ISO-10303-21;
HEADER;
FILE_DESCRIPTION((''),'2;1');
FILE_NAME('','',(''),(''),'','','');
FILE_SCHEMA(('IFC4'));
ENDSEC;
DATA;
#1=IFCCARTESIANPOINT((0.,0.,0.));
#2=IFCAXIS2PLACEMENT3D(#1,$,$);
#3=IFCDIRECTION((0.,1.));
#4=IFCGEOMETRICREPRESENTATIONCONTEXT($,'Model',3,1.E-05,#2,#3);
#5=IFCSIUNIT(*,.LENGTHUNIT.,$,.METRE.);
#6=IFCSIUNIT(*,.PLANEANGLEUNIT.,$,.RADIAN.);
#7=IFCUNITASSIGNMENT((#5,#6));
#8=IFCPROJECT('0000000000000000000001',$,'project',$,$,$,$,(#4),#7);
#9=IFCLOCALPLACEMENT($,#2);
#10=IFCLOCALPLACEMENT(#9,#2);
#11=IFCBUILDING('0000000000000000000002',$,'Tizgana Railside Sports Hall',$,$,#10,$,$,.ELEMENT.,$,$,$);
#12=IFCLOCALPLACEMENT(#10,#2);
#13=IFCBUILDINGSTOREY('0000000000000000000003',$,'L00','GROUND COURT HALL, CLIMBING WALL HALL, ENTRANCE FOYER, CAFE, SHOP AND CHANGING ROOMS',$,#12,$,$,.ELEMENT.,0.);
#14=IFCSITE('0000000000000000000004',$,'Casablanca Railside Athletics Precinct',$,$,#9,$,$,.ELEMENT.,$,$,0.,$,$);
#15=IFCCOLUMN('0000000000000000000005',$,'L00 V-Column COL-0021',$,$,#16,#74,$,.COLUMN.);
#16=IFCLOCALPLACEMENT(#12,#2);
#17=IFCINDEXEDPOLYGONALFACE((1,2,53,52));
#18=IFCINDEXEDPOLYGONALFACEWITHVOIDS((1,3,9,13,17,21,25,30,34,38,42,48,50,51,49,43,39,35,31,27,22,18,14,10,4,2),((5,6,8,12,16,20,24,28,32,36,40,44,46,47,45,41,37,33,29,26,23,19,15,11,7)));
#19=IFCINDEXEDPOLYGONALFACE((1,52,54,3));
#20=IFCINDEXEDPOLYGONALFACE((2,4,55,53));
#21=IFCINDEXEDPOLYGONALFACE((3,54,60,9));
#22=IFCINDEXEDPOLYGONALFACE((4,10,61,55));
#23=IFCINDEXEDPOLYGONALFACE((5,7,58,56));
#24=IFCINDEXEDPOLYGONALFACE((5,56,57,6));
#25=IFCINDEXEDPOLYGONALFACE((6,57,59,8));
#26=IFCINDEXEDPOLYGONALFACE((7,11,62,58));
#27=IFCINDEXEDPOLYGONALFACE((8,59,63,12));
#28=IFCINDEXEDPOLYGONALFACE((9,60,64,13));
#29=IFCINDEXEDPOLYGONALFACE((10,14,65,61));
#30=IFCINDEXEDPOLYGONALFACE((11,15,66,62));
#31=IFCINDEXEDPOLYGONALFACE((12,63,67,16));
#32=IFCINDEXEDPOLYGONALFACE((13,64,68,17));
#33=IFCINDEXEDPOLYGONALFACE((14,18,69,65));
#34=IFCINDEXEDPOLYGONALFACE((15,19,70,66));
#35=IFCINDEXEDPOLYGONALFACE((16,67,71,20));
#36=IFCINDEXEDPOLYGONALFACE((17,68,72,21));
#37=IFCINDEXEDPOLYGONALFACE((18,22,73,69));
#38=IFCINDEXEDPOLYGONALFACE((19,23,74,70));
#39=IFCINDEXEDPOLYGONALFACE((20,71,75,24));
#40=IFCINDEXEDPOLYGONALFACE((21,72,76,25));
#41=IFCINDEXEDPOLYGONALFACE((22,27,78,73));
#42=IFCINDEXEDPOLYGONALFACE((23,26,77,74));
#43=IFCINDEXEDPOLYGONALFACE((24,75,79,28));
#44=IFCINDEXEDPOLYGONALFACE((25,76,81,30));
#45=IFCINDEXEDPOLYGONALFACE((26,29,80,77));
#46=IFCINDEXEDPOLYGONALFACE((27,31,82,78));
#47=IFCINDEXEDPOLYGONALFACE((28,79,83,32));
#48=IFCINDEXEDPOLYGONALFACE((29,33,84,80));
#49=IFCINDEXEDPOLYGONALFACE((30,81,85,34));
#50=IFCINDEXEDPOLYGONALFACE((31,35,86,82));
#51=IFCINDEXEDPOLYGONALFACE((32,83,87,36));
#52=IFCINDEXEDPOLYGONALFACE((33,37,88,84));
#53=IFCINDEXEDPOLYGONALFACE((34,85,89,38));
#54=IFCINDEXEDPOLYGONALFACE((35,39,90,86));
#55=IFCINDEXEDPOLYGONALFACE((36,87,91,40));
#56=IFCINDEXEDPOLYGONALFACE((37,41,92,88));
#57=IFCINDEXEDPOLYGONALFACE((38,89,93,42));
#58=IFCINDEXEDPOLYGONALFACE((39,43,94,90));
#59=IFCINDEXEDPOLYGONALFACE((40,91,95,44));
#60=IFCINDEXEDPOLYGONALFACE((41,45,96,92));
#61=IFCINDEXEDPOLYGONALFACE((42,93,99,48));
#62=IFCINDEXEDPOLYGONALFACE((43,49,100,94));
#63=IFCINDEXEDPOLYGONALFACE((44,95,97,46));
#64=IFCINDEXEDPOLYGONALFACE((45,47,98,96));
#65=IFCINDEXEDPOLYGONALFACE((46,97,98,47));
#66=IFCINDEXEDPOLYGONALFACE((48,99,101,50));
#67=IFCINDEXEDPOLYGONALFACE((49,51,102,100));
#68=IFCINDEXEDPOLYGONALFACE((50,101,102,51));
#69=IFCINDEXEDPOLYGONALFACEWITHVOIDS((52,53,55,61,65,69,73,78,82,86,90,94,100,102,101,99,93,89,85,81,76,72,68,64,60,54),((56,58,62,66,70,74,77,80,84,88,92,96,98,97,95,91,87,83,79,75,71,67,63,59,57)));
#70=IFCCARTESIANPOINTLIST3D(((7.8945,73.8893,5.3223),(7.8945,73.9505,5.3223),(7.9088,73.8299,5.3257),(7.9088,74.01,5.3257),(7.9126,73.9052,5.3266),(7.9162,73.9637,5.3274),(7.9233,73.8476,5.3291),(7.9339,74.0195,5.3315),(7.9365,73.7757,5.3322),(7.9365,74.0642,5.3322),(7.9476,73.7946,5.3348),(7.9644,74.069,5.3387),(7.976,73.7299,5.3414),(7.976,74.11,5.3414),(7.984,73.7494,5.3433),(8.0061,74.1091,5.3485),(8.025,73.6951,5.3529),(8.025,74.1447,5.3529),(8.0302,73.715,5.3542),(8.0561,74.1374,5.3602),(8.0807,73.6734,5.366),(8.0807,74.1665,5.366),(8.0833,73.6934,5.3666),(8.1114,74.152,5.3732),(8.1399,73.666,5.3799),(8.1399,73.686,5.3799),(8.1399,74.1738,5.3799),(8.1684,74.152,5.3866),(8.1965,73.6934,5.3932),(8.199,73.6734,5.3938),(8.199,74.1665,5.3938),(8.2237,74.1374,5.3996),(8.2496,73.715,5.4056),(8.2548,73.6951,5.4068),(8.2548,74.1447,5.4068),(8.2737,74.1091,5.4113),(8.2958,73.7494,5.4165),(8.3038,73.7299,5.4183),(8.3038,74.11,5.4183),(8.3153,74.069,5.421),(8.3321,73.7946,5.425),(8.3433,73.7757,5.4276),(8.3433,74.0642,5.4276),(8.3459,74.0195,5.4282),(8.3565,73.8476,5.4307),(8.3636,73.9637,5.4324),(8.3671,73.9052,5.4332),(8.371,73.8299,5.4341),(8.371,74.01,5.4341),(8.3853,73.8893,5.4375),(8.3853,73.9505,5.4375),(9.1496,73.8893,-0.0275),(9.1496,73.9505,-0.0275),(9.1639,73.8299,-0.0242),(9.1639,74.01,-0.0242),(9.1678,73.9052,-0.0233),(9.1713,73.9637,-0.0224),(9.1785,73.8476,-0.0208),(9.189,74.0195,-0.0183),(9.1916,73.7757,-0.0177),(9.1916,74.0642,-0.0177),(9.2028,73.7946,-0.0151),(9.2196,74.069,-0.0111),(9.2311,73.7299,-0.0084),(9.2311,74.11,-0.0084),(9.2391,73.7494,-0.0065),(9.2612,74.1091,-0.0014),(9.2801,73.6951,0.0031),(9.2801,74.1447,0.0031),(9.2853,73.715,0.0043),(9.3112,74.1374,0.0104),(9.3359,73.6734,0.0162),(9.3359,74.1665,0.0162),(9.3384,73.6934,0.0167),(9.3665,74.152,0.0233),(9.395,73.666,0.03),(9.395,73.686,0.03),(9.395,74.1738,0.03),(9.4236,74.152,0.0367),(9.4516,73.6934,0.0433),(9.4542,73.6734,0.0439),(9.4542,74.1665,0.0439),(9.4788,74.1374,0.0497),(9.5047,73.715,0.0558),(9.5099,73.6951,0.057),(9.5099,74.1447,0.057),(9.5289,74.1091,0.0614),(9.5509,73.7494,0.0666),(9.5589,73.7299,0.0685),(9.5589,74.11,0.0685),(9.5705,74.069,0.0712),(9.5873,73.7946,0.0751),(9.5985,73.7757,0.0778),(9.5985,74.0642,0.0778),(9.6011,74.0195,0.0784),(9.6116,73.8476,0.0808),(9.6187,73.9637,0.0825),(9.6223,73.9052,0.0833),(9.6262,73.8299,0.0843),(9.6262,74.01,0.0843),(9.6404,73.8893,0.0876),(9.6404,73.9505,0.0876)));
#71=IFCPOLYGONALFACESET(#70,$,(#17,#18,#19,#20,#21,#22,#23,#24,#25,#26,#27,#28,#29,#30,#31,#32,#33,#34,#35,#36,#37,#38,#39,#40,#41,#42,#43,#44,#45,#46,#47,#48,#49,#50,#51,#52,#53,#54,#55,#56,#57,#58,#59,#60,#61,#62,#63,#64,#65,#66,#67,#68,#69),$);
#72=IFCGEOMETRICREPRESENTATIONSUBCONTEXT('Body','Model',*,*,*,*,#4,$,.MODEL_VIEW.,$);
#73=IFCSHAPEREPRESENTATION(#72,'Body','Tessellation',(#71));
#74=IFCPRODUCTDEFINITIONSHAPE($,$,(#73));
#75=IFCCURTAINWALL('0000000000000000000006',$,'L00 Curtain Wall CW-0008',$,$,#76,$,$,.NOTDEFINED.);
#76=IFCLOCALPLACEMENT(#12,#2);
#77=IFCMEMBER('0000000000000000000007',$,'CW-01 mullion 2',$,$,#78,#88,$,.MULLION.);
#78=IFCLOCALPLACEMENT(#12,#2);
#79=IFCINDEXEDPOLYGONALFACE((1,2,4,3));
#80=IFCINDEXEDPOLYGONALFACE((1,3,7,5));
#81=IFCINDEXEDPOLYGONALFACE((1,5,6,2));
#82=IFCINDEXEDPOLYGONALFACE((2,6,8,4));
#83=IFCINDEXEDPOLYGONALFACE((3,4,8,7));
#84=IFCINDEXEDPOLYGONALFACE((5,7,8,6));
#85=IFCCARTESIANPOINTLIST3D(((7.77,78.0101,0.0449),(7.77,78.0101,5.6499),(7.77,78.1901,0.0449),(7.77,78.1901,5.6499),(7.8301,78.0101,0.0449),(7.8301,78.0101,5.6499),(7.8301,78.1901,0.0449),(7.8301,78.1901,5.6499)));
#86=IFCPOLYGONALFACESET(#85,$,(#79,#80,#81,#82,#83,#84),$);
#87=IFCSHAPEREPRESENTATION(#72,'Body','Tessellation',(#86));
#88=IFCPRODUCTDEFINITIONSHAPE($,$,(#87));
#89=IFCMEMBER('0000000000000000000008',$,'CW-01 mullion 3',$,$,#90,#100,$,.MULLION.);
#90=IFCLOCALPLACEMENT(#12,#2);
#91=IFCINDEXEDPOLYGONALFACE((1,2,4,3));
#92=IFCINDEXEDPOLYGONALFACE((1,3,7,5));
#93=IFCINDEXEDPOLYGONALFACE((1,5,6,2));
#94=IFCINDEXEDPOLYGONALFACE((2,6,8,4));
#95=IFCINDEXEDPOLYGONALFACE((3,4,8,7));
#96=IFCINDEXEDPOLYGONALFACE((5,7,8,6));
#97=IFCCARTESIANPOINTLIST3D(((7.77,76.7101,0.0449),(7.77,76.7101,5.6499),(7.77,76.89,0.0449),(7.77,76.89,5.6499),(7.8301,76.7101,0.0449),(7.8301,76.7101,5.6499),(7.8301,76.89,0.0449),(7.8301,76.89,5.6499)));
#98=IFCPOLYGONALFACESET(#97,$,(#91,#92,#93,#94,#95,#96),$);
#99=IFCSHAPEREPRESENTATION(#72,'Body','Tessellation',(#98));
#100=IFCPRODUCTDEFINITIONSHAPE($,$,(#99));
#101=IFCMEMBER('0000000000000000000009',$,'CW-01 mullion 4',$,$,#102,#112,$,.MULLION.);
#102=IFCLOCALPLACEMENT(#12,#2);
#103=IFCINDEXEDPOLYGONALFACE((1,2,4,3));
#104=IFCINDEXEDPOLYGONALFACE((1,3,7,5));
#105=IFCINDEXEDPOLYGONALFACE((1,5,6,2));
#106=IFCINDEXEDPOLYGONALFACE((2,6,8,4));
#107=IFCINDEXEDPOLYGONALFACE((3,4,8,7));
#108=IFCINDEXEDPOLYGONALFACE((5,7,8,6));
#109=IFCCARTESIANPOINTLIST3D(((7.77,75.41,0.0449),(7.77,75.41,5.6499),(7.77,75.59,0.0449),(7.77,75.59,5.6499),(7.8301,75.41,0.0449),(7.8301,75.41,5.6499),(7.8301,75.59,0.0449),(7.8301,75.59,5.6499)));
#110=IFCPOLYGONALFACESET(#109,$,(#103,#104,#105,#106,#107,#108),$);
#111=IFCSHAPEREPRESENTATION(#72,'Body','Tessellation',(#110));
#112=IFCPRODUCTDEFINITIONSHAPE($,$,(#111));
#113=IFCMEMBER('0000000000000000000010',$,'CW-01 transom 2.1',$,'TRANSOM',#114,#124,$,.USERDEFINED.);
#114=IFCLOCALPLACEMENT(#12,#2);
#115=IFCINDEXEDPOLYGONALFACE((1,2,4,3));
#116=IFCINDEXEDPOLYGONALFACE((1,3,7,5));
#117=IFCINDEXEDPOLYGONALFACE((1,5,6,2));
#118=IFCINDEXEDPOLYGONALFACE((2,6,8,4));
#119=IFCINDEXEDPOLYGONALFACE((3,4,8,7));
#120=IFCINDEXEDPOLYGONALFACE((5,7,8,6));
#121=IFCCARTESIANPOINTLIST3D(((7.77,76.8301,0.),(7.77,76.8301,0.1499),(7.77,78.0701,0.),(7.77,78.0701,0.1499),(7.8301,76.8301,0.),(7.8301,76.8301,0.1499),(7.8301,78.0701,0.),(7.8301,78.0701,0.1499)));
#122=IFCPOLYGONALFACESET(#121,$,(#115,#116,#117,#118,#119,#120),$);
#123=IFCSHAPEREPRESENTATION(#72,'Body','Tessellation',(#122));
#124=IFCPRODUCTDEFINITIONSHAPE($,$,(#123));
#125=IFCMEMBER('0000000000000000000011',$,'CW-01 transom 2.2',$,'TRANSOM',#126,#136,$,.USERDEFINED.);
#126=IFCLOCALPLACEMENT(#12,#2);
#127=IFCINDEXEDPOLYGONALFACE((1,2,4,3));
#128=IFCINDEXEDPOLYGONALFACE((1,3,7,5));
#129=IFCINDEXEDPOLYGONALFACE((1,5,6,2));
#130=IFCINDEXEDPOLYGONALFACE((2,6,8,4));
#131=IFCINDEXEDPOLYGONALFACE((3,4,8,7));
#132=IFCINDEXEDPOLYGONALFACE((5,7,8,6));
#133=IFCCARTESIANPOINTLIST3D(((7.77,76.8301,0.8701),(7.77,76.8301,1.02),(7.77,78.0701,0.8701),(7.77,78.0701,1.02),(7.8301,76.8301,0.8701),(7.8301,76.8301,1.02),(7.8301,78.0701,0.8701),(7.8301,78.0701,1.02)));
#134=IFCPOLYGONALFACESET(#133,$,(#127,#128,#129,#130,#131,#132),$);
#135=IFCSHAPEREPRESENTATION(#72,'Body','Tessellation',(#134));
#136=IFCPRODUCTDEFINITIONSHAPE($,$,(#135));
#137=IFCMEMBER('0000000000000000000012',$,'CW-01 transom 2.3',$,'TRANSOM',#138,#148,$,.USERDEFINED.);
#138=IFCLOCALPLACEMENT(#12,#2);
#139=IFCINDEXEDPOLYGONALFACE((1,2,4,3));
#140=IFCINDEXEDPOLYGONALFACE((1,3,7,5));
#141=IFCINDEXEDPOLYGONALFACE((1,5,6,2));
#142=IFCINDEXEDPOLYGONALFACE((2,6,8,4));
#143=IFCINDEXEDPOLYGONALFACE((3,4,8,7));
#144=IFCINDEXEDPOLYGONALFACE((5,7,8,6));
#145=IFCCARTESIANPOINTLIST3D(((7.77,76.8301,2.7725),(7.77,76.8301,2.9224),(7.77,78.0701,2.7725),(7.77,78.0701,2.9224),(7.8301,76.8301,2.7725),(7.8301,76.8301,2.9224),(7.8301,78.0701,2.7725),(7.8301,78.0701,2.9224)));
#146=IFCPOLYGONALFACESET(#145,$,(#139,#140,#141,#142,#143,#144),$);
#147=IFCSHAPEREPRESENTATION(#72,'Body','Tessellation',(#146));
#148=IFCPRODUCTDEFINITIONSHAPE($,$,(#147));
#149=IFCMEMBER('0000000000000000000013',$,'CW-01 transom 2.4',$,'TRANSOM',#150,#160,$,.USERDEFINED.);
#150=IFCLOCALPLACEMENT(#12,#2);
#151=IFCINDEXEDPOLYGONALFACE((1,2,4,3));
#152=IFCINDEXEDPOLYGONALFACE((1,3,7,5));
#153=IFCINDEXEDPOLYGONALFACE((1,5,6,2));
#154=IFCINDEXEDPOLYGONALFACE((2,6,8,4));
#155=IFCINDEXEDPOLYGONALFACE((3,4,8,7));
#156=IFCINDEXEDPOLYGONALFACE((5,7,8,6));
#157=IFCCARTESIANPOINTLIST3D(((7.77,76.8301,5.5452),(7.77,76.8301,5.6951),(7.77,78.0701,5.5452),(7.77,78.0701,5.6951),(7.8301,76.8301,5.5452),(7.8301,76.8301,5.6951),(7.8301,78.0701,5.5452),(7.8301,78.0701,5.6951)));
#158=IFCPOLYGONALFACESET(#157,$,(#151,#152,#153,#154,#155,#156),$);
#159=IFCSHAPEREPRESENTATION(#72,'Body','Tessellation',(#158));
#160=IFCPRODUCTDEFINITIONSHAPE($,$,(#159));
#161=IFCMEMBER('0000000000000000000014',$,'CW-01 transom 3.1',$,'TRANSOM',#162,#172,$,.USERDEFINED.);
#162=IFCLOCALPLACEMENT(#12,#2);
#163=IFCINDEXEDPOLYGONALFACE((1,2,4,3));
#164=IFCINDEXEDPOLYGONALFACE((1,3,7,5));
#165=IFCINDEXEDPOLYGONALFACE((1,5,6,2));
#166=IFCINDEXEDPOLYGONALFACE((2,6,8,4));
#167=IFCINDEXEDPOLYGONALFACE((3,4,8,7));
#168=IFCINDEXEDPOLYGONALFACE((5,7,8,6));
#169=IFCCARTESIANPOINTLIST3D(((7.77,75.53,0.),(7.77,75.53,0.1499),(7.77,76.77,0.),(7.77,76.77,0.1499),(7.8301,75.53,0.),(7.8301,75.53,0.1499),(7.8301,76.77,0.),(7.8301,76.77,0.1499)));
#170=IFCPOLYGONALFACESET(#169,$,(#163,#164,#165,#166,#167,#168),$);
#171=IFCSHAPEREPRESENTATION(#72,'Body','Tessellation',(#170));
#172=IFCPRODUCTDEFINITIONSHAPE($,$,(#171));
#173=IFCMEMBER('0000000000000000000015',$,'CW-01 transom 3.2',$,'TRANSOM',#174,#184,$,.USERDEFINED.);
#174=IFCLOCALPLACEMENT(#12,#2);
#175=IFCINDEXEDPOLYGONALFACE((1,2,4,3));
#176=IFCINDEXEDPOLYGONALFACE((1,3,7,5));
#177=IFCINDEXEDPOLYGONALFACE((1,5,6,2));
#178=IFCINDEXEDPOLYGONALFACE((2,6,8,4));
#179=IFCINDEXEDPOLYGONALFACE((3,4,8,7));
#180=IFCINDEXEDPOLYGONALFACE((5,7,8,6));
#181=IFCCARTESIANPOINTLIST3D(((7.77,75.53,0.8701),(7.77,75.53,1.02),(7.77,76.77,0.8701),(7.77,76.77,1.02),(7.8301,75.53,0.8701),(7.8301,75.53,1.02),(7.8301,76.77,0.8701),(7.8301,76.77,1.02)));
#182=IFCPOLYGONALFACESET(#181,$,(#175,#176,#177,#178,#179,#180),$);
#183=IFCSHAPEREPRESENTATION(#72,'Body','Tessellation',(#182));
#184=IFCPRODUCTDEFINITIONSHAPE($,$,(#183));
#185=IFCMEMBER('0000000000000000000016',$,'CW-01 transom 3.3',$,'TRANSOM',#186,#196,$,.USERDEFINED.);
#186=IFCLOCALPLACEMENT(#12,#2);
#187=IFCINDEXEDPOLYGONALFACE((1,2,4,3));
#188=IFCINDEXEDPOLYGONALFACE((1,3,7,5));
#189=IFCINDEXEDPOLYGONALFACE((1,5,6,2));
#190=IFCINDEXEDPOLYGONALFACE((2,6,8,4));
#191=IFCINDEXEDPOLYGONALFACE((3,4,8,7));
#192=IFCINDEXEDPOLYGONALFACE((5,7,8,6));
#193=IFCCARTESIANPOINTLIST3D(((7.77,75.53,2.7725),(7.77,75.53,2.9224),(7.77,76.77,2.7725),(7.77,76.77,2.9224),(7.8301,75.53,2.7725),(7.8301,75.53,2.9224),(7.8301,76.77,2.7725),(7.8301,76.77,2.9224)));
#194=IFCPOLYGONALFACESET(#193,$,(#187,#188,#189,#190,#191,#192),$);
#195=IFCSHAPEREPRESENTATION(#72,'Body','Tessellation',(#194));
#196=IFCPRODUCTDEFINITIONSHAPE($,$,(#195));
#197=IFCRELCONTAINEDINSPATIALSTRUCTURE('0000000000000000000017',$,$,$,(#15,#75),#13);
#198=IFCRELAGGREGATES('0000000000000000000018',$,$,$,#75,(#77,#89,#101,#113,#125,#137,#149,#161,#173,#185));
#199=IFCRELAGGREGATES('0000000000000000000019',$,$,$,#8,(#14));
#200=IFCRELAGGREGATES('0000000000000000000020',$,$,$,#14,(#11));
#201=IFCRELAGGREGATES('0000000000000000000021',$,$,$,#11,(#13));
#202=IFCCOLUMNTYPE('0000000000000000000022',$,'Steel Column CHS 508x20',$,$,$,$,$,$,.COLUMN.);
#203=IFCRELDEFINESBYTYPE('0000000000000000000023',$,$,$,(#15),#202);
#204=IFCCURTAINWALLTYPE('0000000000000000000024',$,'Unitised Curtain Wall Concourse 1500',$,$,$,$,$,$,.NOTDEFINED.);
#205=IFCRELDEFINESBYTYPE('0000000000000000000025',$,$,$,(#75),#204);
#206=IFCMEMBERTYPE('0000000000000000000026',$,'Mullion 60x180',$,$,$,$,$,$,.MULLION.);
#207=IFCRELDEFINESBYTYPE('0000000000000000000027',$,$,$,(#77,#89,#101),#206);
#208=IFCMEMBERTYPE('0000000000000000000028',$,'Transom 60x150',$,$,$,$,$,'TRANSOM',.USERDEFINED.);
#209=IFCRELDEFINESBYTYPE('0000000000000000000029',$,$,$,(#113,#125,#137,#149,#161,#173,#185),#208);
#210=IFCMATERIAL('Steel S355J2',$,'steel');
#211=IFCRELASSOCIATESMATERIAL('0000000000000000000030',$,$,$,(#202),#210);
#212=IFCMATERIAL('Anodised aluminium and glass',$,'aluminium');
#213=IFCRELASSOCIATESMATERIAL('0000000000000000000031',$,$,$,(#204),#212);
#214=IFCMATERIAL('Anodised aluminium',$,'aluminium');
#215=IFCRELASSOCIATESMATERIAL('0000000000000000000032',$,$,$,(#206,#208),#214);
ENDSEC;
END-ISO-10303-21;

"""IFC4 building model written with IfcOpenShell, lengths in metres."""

from ifc_helpers import new_model, si_unit, direction, frame, origin, origin_2d, place, context, subcontext, project, spatial, rectangle, hollow_circle, extrude, material, material_profile, profile_set, type_object, element, aggregate, save


model = new_model("IFC4")

# Units and contexts
model_context = context("Model", 3, precision=1e-05, world=origin(), true_north=direction((0.0, 1.0)))
body_context = subcontext(model_context, "Body", "Model", "MODEL_VIEW")
ifc_project = project(units=[si_unit("LENGTHUNIT", "METRE"), si_unit("PLANEANGLEUNIT", "RADIAN")], contexts=[model_context])

# Site, building, storey
site_placement = place(None, origin())
site = spatial("IfcSite", under=ifc_project, at=site_placement, Name="Casablanca Railside Athletics Precinct", CompositionType="ELEMENT", RefElevation=0.0)
building_placement = place(site_placement, origin())
building = spatial("IfcBuilding", under=site, at=building_placement, Name="Tizgana Railside Sports Hall", CompositionType="ELEMENT")
storey_placement = place(building_placement, origin())
storey = spatial("IfcBuildingStorey", under=building, at=storey_placement, Name="L00", Description="GROUND COURT HALL, CLIMBING WALL HALL, ENTRANCE FOYER, CAFE, SHOP AND CHANGING ROOMS", CompositionType="ELEMENT", Elevation=0.0)

# Column
ifc_material_1 = material(Name="Steel S355J2", Category="steel")
ifc_material_profile_1 = material_profile(ifc_material_1, hollow_circle(Radius=0.2539, WallThickness=0.02, at=origin_2d()), Name="CHS 508x20")
ifc_profile_set_1 = profile_set([ifc_material_profile_1], Name="Steel S355J2")
column_type = type_object("IfcColumnType", Name="Steel Column CHS 508x20", PredefinedType="COLUMN", material=ifc_profile_set_1)
column_placement = place(storey_placement, frame((9.395, 73.9199, 0.03), z_axis=(-0.228408, 0.0, 0.973566), x_axis=(0.0, -1.0, 0.0)))
element("IfcColumn", 1, at=column_placement, inside=storey, type_object=column_type, Name="L00 V-Column COL-0021", PredefinedType="COLUMN", context=body_context, shape_type="SweptSolid", body=[
    extrude(hollow_circle(Radius=0.2539, WallThickness=0.02, at=origin_2d()), origin(), (0.0, 0.0, 1.0), 5.4951),
])

# Curtain wall, members
ifc_material_2 = material(Name="Anodised aluminium and glass", Category="aluminium")
curtain_wall_type = type_object("IfcCurtainWallType", Name="Unitised Curtain Wall Concourse 1500", PredefinedType="NOTDEFINED", material=ifc_material_2)
curtain_wall_placement = place(storey_placement, origin())
curtain_wall = element("IfcCurtainWall", 2, at=curtain_wall_placement, inside=storey, type_object=curtain_wall_type, Name="L00 Curtain Wall CW-0008", PredefinedType="NOTDEFINED")
ifc_material_3 = material(Name="Anodised aluminium", Category="aluminium")
ifc_material_profile_2 = material_profile(ifc_material_3, rectangle(XDim=0.0601, YDim=0.1799, at=origin_2d()), Name="Mullion 60x180")
ifc_profile_set_2 = profile_set([ifc_material_profile_2], Name="Anodised aluminium")
member_type_1 = type_object("IfcMemberType", Name="Mullion 60x180", PredefinedType="MULLION", material=ifc_profile_set_2)
member_1_placement = place(storey_placement, frame((7.8, 78.1001, 0.0449), z_axis=(0.0, 0.0, 1.0), x_axis=(1.0, 0.0, 0.0)))
member_1 = element("IfcMember", 3, at=member_1_placement, type_object=member_type_1, Name="CW-01 mullion 2", PredefinedType="MULLION", context=body_context, shape_type="SweptSolid", body=[
    extrude(rectangle(XDim=0.0601, YDim=0.1799, at=origin_2d()), origin(), (0.0, 0.0, 1.0), 5.605),
])
member_2_placement = place(storey_placement, frame((7.8, 76.8, 0.0449), z_axis=(0.0, 0.0, 1.0), x_axis=(1.0, 0.0, 0.0)))
member_2 = element("IfcMember", 4, at=member_2_placement, type_object=member_type_1, Name="CW-01 mullion 3", PredefinedType="MULLION", context=body_context, shape_type="SweptSolid", body=[
    extrude(rectangle(XDim=0.0601, YDim=0.1799, at=origin_2d()), origin(), (0.0, 0.0, 1.0), 5.605),
])
member_3_placement = place(storey_placement, frame((7.8, 75.5, 0.0449), z_axis=(0.0, 0.0, 1.0), x_axis=(1.0, 0.0, 0.0)))
member_3 = element("IfcMember", 5, at=member_3_placement, type_object=member_type_1, Name="CW-01 mullion 4", PredefinedType="MULLION", context=body_context, shape_type="SweptSolid", body=[
    extrude(rectangle(XDim=0.0601, YDim=0.1799, at=origin_2d()), origin(), (0.0, 0.0, 1.0), 5.605),
])
ifc_material_profile_3 = material_profile(ifc_material_3, rectangle(XDim=0.0601, YDim=0.1499, at=origin_2d()), Name="Transom 60x150")
ifc_profile_set_3 = profile_set([ifc_material_profile_3], Name="Anodised aluminium")
member_type_2 = type_object("IfcMemberType", Name="Transom 60x150", ElementType="TRANSOM", PredefinedType="USERDEFINED", material=ifc_profile_set_3)
member_4_placement = place(storey_placement, frame((7.8, 78.0701, 0.075), z_axis=(0.0, -1.0, 0.0), x_axis=(1.0, 0.0, 0.0)))
member_4 = element("IfcMember", 6, at=member_4_placement, type_object=member_type_2, Name="CW-01 transom 2.1", ObjectType="TRANSOM", PredefinedType="USERDEFINED", context=body_context, shape_type="SweptSolid", body=[
    extrude(rectangle(XDim=0.0601, YDim=0.1499, at=origin_2d()), origin(), (0.0, 0.0, 1.0), 1.24),
])
member_5_placement = place(storey_placement, frame((7.8, 78.0701, 0.9451), z_axis=(0.0, -1.0, 0.0), x_axis=(1.0, 0.0, 0.0)))
member_5 = element("IfcMember", 7, at=member_5_placement, type_object=member_type_2, Name="CW-01 transom 2.2", ObjectType="TRANSOM", PredefinedType="USERDEFINED", context=body_context, shape_type="SweptSolid", body=[
    extrude(rectangle(XDim=0.0601, YDim=0.1499, at=origin_2d()), origin(), (0.0, 0.0, 1.0), 1.24),
])
member_6_placement = place(storey_placement, frame((7.8, 78.0701, 2.8474), z_axis=(0.0, -1.0, 0.0), x_axis=(1.0, 0.0, 0.0)))
member_6 = element("IfcMember", 8, at=member_6_placement, type_object=member_type_2, Name="CW-01 transom 2.3", ObjectType="TRANSOM", PredefinedType="USERDEFINED", context=body_context, shape_type="SweptSolid", body=[
    extrude(rectangle(XDim=0.0601, YDim=0.1499, at=origin_2d()), origin(), (0.0, 0.0, 1.0), 1.24),
])
member_7_placement = place(storey_placement, frame((7.8, 78.0701, 5.6201), z_axis=(0.0, -1.0, 0.0), x_axis=(1.0, 0.0, 0.0)))
member_7 = element("IfcMember", 9, at=member_7_placement, type_object=member_type_2, Name="CW-01 transom 2.4", ObjectType="TRANSOM", PredefinedType="USERDEFINED", context=body_context, shape_type="SweptSolid", body=[
    extrude(rectangle(XDim=0.0601, YDim=0.1499, at=origin_2d()), origin(), (0.0, 0.0, 1.0), 1.24),
])
member_8_placement = place(storey_placement, frame((7.8, 76.77, 0.075), z_axis=(0.0, -1.0, 0.0), x_axis=(1.0, 0.0, 0.0)))
member_8 = element("IfcMember", 10, at=member_8_placement, type_object=member_type_2, Name="CW-01 transom 3.1", ObjectType="TRANSOM", PredefinedType="USERDEFINED", context=body_context, shape_type="SweptSolid", body=[
    extrude(rectangle(XDim=0.0601, YDim=0.1499, at=origin_2d()), origin(), (0.0, 0.0, 1.0), 1.24),
])
member_9_placement = place(storey_placement, frame((7.8, 76.77, 0.9451), z_axis=(0.0, -1.0, 0.0), x_axis=(1.0, 0.0, 0.0)))
member_9 = element("IfcMember", 11, at=member_9_placement, type_object=member_type_2, Name="CW-01 transom 3.2", ObjectType="TRANSOM", PredefinedType="USERDEFINED", context=body_context, shape_type="SweptSolid", body=[
    extrude(rectangle(XDim=0.0601, YDim=0.1499, at=origin_2d()), origin(), (0.0, 0.0, 1.0), 1.24),
])
member_10_placement = place(storey_placement, frame((7.8, 76.77, 2.8474), z_axis=(0.0, -1.0, 0.0), x_axis=(1.0, 0.0, 0.0)))
member_10 = element("IfcMember", 12, at=member_10_placement, type_object=member_type_2, Name="CW-01 transom 3.3", ObjectType="TRANSOM", PredefinedType="USERDEFINED", context=body_context, shape_type="SweptSolid", body=[
    extrude(rectangle(XDim=0.0601, YDim=0.1499, at=origin_2d()), origin(), (0.0, 0.0, 1.0), 1.24),
])
aggregate(curtain_wall, [member_1, member_2, member_3, member_4, member_5, member_6, member_7, member_8, member_9, member_10])

save(model, "model.ifc")
